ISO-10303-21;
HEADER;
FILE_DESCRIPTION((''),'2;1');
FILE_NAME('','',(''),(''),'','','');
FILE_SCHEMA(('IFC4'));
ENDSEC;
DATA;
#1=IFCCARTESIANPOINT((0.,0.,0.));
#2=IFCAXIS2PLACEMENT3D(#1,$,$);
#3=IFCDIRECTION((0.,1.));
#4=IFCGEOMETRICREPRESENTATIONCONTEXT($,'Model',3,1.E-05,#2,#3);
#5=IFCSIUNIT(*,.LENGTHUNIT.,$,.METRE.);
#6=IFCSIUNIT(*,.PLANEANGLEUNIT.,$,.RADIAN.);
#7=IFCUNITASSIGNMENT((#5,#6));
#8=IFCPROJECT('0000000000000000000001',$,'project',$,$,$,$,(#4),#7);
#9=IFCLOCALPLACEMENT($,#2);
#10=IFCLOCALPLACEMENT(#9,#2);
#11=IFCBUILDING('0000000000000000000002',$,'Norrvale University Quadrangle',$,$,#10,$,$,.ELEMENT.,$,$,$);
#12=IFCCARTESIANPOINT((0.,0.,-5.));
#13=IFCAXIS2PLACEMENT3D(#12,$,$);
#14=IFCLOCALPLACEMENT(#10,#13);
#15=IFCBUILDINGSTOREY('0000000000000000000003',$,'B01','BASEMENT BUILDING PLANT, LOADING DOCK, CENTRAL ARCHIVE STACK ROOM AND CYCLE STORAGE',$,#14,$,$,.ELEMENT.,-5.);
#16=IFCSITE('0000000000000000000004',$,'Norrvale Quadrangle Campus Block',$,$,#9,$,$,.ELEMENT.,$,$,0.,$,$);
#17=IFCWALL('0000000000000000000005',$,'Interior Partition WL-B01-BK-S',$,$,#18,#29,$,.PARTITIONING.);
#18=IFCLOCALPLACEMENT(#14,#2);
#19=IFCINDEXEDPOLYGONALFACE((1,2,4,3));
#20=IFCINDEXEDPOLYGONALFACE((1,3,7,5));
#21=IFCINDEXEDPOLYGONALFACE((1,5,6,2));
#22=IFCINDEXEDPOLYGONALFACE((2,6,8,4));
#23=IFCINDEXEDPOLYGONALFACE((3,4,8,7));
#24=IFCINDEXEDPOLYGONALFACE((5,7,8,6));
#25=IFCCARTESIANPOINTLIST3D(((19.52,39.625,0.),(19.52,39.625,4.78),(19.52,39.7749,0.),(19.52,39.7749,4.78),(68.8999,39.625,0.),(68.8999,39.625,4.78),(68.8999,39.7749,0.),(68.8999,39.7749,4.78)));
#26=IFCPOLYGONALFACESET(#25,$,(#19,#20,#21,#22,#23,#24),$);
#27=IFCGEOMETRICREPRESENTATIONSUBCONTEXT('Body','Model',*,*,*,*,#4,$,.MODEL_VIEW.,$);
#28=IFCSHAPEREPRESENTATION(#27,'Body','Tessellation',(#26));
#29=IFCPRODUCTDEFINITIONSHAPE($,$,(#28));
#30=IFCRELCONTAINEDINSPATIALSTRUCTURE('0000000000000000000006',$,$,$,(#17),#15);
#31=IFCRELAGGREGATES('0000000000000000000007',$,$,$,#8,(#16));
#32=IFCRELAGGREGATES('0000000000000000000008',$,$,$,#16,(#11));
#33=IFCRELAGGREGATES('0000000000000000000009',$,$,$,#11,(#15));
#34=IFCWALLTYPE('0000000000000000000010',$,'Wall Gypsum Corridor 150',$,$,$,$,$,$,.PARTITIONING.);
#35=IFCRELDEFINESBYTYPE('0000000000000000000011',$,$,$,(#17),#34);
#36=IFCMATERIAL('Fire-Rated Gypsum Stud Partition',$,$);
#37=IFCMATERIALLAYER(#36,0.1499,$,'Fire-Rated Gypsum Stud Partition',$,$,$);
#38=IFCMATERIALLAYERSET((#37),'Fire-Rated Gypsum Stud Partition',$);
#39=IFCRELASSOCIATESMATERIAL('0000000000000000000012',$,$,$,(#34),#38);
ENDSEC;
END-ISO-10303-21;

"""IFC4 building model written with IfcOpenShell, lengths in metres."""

from ifc_helpers import new_model, si_unit, direction, frame, frame_2d, origin, place, context, subcontext, project, spatial, rectangle, extrude, material, layer, layer_set, type_object, element, save


model = new_model("IFC4")

# Units and contexts
model_context = context("Model", 3, precision=1e-05, world=origin(), true_north=direction((0.0, 1.0)))
body_context = subcontext(model_context, "Body", "Model", "MODEL_VIEW")
ifc_project = project(units=[si_unit("LENGTHUNIT", "METRE"), si_unit("PLANEANGLEUNIT", "RADIAN")], contexts=[model_context])

# Site, building, storey
site_placement = place(None, origin())
site = spatial("IfcSite", under=ifc_project, at=site_placement, Name="Norrvale Quadrangle Campus Block", CompositionType="ELEMENT", RefElevation=0.0)
building_placement = place(site_placement, origin())
building = spatial("IfcBuilding", under=site, at=building_placement, Name="Norrvale University Quadrangle", CompositionType="ELEMENT")
storey_placement = place(building_placement, frame((0.0, 0.0, -5.0)))
storey = spatial("IfcBuildingStorey", under=building, at=storey_placement, Name="B01", Description="BASEMENT BUILDING PLANT, LOADING DOCK, CENTRAL ARCHIVE STACK ROOM AND CYCLE STORAGE", CompositionType="ELEMENT", Elevation=-5.0)

# Wall
ifc_material_1 = material(Name="Fire-Rated Gypsum Stud Partition")
ifc_layer = layer(ifc_material_1, 0.1499, Name="Fire-Rated Gypsum Stud Partition")
ifc_layer_set = layer_set([ifc_layer], Name="Fire-Rated Gypsum Stud Partition")
wall_type = type_object("IfcWallType", Name="Wall Gypsum Corridor 150", PredefinedType="PARTITIONING", material=ifc_layer_set)
wall_placement = place(storey_placement, frame((19.52, 39.7, 0.0), z_axis=(0.0, 0.0, 1.0), x_axis=(1.0, 0.0, 0.0)))
element("IfcWall", 1, at=wall_placement, inside=storey, type_object=wall_type, Name="Interior Partition WL-B01-BK-S", PredefinedType="PARTITIONING", context=body_context, shape_type="SweptSolid", body=[
    extrude(rectangle(XDim=49.3799, YDim=0.1499, at=frame_2d((24.6899, 0.0))), origin(), (0.0, 0.0, 1.0), 4.78),
])

save(model, "model.ifc")
